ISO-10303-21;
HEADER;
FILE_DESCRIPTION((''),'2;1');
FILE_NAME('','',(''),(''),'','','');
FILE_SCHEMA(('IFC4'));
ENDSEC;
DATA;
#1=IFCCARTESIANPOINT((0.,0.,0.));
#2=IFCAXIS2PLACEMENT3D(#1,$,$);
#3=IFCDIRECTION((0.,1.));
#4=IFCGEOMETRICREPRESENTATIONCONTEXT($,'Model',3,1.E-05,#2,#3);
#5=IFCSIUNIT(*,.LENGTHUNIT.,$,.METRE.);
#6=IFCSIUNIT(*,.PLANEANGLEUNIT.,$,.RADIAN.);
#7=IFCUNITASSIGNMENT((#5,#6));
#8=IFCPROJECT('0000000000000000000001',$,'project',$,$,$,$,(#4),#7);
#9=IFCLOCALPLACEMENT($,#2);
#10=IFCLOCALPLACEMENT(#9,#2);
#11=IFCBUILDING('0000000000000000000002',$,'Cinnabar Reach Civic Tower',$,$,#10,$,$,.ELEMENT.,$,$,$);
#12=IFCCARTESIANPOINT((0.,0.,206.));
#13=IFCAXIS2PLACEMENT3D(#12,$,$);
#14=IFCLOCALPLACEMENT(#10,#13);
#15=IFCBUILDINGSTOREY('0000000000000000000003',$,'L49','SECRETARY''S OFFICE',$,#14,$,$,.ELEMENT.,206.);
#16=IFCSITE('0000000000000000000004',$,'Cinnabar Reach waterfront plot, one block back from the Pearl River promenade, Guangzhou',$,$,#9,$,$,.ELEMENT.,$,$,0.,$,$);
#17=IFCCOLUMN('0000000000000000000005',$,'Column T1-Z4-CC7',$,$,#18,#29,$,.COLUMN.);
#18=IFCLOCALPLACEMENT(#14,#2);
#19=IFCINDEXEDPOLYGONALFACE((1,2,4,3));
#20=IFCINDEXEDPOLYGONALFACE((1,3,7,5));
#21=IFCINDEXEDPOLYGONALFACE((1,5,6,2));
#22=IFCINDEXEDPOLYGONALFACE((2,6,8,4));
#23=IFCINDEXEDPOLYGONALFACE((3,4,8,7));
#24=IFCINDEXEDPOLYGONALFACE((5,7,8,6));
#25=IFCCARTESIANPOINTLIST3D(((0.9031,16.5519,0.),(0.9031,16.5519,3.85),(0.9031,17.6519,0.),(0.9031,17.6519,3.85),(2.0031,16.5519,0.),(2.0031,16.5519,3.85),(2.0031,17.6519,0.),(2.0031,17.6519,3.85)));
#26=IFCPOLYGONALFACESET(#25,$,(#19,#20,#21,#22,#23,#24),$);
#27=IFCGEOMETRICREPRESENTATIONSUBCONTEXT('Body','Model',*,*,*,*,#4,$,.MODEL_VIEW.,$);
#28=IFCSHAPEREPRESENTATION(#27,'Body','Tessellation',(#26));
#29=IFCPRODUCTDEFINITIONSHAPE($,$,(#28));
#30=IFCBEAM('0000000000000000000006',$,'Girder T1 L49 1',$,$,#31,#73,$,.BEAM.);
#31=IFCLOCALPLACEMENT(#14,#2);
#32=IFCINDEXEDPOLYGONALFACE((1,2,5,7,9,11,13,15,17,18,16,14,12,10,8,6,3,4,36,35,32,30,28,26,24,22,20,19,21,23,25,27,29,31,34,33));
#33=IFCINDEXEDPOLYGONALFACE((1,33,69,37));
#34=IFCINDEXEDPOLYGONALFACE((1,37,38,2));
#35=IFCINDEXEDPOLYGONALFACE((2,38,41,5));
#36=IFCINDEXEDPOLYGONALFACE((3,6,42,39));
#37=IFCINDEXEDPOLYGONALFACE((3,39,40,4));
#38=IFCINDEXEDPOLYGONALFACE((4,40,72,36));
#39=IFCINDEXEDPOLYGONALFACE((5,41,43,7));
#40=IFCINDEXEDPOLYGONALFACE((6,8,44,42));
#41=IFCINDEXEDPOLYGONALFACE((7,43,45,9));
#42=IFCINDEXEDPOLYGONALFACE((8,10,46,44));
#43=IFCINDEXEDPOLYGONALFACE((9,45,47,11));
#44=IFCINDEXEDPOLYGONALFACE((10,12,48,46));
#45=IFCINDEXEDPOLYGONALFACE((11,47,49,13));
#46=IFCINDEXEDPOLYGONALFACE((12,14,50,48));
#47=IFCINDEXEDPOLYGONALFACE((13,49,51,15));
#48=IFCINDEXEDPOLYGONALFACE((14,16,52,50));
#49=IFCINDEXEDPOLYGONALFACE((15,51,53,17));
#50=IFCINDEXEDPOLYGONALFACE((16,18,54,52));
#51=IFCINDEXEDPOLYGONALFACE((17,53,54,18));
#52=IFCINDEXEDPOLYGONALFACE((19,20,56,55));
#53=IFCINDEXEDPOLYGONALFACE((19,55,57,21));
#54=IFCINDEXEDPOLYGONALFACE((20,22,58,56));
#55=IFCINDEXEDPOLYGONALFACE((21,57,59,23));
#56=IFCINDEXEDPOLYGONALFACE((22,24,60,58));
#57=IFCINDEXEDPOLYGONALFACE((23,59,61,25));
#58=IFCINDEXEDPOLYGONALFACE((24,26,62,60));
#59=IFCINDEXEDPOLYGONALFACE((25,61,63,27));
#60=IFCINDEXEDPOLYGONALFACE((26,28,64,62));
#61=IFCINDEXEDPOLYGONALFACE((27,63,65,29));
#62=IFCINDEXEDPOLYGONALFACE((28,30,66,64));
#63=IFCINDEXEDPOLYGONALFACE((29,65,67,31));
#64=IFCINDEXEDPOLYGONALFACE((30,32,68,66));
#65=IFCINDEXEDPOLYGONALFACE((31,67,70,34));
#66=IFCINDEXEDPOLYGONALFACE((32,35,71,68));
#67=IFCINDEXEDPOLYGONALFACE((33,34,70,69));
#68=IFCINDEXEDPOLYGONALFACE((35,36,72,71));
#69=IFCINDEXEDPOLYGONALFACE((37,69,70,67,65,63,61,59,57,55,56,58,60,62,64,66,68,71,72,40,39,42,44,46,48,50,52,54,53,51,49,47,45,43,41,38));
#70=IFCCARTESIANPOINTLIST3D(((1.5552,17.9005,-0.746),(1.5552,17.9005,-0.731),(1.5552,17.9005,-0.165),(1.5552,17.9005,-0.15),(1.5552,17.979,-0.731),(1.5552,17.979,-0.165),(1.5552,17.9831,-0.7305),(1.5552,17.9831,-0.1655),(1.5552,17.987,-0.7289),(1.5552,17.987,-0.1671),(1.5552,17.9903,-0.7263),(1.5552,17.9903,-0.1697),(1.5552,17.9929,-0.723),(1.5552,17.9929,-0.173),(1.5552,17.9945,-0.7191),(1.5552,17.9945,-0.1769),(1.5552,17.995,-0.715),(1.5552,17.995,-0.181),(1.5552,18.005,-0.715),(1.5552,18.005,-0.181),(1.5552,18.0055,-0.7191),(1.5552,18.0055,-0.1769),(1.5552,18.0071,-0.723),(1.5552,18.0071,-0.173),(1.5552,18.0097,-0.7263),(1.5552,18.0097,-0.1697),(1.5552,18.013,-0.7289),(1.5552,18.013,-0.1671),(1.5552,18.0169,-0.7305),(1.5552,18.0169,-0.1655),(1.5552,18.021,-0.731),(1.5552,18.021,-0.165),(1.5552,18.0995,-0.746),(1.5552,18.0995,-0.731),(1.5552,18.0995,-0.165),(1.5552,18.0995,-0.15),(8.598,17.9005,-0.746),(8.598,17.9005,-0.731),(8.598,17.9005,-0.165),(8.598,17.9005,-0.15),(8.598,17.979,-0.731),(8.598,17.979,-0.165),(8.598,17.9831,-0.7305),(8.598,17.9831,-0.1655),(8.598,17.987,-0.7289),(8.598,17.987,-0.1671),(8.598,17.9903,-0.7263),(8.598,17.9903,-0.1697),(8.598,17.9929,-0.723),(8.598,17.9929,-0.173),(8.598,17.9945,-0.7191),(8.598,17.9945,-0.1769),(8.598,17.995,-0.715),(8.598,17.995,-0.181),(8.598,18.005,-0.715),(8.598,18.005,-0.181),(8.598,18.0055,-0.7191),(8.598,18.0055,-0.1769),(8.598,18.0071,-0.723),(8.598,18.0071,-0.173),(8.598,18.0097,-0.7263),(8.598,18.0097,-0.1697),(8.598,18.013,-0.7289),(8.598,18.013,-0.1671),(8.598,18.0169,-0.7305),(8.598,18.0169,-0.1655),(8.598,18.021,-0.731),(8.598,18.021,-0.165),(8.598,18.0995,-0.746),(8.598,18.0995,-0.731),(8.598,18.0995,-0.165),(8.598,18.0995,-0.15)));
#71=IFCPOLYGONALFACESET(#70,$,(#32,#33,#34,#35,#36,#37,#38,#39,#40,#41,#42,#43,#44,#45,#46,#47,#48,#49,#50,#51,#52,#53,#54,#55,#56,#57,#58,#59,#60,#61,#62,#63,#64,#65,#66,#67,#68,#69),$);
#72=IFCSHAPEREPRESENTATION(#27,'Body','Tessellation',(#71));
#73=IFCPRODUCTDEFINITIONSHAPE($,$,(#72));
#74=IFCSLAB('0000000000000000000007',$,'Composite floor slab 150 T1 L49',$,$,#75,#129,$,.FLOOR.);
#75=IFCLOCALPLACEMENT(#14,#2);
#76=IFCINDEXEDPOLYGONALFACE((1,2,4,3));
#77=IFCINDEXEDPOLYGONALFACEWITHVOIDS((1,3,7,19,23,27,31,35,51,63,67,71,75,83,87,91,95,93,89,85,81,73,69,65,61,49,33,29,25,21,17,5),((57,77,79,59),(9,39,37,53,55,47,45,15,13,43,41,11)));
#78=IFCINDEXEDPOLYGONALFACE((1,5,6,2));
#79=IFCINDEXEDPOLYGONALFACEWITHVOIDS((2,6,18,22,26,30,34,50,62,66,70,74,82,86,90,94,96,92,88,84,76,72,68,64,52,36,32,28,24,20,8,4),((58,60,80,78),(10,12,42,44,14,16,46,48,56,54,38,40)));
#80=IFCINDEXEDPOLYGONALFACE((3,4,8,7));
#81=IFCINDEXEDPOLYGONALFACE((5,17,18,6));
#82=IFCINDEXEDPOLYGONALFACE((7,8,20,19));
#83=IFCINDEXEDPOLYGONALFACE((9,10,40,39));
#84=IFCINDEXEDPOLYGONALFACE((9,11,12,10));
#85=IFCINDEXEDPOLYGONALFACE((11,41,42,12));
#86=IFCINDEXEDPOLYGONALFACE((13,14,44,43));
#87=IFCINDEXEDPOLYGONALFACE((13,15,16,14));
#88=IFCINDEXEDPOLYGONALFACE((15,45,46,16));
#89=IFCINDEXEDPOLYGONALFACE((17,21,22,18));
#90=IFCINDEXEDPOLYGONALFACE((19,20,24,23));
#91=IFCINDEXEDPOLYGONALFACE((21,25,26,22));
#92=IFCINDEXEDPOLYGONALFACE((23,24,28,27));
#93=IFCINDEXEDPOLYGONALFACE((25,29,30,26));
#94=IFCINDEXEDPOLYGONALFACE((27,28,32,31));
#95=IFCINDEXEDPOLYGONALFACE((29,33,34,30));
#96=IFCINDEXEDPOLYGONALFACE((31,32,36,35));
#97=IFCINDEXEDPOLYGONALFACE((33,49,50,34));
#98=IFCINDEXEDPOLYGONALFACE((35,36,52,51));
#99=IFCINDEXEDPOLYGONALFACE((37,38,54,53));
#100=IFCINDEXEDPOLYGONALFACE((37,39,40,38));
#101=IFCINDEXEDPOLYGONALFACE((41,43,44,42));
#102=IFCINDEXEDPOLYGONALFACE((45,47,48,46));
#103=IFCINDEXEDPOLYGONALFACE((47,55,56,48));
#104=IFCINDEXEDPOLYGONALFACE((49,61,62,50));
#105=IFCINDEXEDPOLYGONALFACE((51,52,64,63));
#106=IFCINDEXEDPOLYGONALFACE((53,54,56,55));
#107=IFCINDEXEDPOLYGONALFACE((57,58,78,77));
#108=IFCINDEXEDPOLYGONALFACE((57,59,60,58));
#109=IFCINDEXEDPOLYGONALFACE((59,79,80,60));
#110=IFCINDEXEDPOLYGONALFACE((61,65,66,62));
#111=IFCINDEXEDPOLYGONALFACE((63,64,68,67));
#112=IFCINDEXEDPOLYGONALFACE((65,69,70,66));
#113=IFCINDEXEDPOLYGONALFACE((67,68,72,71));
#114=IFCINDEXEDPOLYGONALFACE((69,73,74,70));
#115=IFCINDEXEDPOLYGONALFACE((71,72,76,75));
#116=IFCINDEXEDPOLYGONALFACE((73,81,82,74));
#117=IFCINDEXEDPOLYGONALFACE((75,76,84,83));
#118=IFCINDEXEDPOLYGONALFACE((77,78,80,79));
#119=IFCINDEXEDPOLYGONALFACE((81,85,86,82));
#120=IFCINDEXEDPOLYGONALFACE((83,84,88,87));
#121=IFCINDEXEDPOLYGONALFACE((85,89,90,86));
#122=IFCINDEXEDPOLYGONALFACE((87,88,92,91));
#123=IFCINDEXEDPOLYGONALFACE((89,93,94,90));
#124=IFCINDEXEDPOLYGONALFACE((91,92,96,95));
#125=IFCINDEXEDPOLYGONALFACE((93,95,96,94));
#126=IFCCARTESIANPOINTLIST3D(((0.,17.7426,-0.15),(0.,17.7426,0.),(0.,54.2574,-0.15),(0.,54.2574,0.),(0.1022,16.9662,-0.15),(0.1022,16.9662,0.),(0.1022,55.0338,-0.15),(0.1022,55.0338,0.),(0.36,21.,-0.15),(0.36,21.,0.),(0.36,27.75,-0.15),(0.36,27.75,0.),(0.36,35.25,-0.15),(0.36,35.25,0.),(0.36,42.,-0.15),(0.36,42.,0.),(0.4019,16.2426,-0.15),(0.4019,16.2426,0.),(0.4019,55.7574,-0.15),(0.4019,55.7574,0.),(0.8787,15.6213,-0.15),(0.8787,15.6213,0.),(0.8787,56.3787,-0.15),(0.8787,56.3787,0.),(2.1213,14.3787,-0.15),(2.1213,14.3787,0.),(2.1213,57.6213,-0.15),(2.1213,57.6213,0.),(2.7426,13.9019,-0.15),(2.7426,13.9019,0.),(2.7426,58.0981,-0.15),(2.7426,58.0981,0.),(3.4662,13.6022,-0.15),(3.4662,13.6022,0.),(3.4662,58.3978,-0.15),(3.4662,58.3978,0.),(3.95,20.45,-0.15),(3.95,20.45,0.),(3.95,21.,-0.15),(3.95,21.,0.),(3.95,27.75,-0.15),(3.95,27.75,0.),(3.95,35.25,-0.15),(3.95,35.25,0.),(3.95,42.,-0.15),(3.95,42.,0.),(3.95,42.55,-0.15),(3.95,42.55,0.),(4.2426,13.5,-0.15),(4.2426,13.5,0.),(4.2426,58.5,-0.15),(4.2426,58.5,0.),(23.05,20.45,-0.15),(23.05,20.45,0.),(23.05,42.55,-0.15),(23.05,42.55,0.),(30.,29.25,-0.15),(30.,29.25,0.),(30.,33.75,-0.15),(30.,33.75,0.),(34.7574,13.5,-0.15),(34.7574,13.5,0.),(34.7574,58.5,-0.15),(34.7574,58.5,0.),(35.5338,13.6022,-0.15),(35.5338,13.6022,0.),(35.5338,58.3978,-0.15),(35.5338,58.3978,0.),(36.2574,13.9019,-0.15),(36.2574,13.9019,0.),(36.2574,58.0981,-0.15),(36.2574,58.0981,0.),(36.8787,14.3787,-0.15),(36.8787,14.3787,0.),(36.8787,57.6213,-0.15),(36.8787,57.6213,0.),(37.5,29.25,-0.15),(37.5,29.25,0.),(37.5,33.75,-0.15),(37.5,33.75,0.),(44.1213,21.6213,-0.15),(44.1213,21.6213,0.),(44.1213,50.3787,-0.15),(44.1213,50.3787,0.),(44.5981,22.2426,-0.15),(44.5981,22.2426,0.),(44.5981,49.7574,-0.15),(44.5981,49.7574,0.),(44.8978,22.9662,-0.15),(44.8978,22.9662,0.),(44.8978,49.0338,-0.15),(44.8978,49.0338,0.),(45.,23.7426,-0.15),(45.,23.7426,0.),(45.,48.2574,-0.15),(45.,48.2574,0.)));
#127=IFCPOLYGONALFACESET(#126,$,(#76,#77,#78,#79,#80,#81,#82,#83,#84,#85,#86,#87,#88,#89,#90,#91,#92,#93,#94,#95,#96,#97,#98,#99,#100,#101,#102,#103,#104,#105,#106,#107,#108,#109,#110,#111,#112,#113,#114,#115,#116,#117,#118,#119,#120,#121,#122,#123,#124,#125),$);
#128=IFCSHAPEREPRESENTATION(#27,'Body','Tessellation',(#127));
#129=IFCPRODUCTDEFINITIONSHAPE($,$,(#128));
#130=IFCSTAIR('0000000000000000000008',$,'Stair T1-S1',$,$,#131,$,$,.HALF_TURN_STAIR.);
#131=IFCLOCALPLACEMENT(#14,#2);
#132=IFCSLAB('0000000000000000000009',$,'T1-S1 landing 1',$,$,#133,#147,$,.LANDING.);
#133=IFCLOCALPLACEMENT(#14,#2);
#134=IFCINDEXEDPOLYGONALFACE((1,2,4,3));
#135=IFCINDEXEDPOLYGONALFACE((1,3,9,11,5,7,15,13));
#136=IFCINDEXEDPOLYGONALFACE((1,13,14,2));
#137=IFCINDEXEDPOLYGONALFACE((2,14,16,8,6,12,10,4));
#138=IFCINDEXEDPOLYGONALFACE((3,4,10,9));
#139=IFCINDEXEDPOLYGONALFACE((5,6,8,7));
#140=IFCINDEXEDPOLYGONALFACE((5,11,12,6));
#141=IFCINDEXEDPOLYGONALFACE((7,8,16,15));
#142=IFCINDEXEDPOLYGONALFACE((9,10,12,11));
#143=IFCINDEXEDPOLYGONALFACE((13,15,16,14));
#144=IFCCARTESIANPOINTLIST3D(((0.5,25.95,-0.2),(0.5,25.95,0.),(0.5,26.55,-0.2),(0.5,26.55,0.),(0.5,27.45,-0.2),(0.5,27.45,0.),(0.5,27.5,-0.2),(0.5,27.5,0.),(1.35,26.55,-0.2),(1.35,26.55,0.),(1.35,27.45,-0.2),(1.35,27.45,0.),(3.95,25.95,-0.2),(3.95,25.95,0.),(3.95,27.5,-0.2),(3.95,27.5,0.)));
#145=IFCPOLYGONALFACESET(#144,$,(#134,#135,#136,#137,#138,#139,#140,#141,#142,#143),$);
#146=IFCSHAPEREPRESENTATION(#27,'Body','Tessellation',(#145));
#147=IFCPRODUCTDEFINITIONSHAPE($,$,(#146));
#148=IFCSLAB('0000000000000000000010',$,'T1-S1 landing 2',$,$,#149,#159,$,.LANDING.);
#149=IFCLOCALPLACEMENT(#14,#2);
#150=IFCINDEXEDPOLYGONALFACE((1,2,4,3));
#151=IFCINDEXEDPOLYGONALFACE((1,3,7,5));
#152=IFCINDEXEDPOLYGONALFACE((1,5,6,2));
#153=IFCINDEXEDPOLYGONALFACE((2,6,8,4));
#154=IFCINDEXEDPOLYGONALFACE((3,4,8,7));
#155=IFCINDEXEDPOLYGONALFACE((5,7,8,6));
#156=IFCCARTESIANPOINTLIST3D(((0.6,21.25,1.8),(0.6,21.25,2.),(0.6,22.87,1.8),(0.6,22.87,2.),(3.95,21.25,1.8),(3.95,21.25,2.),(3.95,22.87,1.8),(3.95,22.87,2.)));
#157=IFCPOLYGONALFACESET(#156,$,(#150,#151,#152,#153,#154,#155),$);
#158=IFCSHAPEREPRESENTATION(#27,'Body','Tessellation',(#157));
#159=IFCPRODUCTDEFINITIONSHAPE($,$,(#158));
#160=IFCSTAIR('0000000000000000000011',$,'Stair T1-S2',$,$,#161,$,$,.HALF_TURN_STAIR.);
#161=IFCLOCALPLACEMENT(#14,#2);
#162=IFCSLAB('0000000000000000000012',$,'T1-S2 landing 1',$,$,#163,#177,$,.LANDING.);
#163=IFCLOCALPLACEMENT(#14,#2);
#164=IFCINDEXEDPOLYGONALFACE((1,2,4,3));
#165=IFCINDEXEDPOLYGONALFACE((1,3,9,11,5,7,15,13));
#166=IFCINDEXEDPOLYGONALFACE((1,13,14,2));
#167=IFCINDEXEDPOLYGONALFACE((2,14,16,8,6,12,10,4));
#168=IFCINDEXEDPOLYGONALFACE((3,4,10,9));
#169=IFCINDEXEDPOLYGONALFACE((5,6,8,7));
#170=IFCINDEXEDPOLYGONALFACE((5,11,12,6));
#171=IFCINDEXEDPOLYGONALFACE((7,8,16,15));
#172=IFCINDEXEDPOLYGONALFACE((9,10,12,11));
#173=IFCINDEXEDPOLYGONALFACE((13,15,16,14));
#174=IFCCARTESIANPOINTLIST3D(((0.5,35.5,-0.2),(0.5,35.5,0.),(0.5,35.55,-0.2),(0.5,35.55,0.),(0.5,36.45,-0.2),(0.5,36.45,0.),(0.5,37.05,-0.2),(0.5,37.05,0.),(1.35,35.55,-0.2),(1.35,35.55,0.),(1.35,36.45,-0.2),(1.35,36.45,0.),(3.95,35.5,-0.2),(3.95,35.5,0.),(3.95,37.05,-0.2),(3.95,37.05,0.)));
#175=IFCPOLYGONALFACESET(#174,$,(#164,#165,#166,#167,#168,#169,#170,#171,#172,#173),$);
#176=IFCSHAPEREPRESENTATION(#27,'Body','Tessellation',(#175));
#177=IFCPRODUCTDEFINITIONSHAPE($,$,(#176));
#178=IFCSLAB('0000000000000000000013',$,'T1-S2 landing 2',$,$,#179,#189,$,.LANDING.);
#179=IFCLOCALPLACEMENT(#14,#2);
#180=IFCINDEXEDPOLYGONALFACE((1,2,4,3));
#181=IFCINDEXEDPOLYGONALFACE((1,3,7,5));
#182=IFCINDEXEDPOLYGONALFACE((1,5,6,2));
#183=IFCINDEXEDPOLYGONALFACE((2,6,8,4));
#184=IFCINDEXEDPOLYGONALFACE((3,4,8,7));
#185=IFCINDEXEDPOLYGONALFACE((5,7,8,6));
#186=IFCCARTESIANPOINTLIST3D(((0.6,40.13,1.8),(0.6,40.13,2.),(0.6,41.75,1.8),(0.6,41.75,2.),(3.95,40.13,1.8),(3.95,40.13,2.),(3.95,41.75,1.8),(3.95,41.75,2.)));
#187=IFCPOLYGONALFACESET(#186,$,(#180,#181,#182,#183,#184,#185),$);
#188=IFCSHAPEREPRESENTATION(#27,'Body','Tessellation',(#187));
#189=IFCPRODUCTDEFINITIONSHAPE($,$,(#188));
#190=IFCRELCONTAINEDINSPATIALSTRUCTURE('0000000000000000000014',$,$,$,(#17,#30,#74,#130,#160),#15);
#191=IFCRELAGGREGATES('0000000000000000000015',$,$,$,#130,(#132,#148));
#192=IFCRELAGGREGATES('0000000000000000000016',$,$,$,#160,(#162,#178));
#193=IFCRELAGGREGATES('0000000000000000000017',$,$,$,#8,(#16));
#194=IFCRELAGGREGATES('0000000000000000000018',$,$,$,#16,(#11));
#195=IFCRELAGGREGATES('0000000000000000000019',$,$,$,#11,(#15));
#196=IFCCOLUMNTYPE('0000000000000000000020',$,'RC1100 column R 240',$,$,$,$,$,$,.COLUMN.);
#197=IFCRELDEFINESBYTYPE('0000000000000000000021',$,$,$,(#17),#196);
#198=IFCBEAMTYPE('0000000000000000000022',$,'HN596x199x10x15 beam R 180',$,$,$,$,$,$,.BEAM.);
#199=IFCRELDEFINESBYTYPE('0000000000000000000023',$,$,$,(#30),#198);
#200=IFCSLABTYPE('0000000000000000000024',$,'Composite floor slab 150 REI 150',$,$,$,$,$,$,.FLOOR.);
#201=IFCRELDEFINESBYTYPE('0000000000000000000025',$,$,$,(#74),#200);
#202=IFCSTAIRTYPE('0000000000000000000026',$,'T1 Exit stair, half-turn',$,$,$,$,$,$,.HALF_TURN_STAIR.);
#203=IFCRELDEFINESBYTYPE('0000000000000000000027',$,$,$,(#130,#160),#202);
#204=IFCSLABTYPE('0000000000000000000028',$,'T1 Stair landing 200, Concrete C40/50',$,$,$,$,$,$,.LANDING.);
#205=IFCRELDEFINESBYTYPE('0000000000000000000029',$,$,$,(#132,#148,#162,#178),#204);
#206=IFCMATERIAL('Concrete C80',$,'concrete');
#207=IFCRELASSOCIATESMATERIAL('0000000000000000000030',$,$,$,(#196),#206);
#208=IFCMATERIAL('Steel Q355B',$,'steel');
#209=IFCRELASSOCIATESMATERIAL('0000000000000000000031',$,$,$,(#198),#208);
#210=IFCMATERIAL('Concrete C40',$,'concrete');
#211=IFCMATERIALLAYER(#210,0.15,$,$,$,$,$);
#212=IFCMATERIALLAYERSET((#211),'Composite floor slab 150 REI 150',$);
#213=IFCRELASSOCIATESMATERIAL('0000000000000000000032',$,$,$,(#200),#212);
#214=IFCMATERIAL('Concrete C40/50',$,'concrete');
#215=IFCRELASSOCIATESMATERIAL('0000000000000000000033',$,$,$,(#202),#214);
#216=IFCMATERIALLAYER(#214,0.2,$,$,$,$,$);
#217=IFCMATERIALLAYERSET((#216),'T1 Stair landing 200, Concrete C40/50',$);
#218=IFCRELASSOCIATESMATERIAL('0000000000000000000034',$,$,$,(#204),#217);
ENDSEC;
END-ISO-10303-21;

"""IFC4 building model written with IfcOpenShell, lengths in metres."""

from ifc_helpers import new_model, si_unit, direction, frame, origin, origin_2d, place, context, subcontext, project, spatial, polyline, rectangle, i_section, outline, extrude, material, layer, layer_set, material_profile, profile_set, type_object, element, aggregate, save


model = new_model("IFC4")

# Units and contexts
model_context = context("Model", 3, precision=1e-05, world=origin(), true_north=direction((0.0, 1.0)))
body_context = subcontext(model_context, "Body", "Model", "MODEL_VIEW")
ifc_project = project(units=[si_unit("LENGTHUNIT", "METRE"), si_unit("PLANEANGLEUNIT", "RADIAN")], contexts=[model_context])

# Site, building, storey
site_placement = place(None, origin())
site = spatial("IfcSite", under=ifc_project, at=site_placement, Name="Cinnabar Reach waterfront plot, one block back from the Pearl River promenade, Guangzhou", CompositionType="ELEMENT", RefElevation=0.0)
building_placement = place(site_placement, origin())
building = spatial("IfcBuilding", under=site, at=building_placement, Name="Cinnabar Reach Civic Tower", CompositionType="ELEMENT")
storey_placement = place(building_placement, frame((0.0, 0.0, 206.0)))
storey = spatial("IfcBuildingStorey", under=building, at=storey_placement, Name="L49", Description="SECRETARY'S OFFICE", CompositionType="ELEMENT", Elevation=206.0)

# Column
ifc_material_1 = material(Name="Concrete C80", Category="concrete")
ifc_material_profile_1 = material_profile(ifc_material_1, rectangle(XDim=1.1, YDim=1.1, at=origin_2d()), Name="RC1100")
ifc_profile_set_1 = profile_set([ifc_material_profile_1], Name="Concrete C80")
column_type = type_object("IfcColumnType", Name="RC1100 column R 240", PredefinedType="COLUMN", material=ifc_profile_set_1)
column_placement = place(storey_placement, frame((1.4531, 17.1019, 0.0), z_axis=(0.0, 0.0, 1.0), x_axis=(1.0, 0.0, 0.0)))
element("IfcColumn", 1, at=column_placement, inside=storey, type_object=column_type, Name="Column T1-Z4-CC7", PredefinedType="COLUMN", context=body_context, shape_type="SweptSolid", body=[
    extrude(rectangle(XDim=1.1, YDim=1.1, at=origin_2d()), origin(), (0.0, 0.0, 1.0), 3.85),
])

# Beam
ifc_material_2 = material(Name="Steel Q355B", Category="steel")
ifc_material_profile_2 = material_profile(ifc_material_2, i_section(OverallWidth=0.199, OverallDepth=0.596, WebThickness=0.01, FlangeThickness=0.015, FilletRadius=0.016, at=origin_2d()), Name="HN596x199x10x15")
ifc_profile_set_2 = profile_set([ifc_material_profile_2], Name="Steel Q355B")
beam_type = type_object("IfcBeamType", Name="HN596x199x10x15 beam R 180", PredefinedType="BEAM", material=ifc_profile_set_2)
beam_placement = place(storey_placement, frame((1.5552, 18.0, -0.448), z_axis=(1.0, 0.0, 0.0), x_axis=(0.0, 1.0, 0.0)))
element("IfcBeam", 2, at=beam_placement, inside=storey, type_object=beam_type, Name="Girder T1 L49 1", PredefinedType="BEAM", context=body_context, shape_type="SweptSolid", body=[
    extrude(i_section(OverallWidth=0.199, OverallDepth=0.596, WebThickness=0.01, FlangeThickness=0.015, FilletRadius=0.016, at=origin_2d()), origin(), (0.0, 0.0, 1.0), 7.0428),
])

# Slab
ifc_material_3 = material(Name="Concrete C40", Category="concrete")
ifc_layer_1 = layer(ifc_material_3, 0.15)
ifc_layer_set_1 = layer_set([ifc_layer_1], Name="Composite floor slab 150 REI 150")
slab_type_1 = type_object("IfcSlabType", Name="Composite floor slab 150 REI 150", PredefinedType="FLOOR", material=ifc_layer_set_1)
slab_1_placement = place(storey_placement, frame((0.0, 0.0, -0.15)))
element("IfcSlab", 3, at=slab_1_placement, inside=storey, type_object=slab_type_1, Name="Composite floor slab 150 T1 L49", PredefinedType="FLOOR", context=body_context, shape_type="SweptSolid", body=[
    extrude(outline(polyline([(0.8787, 15.6213), (0.4019, 16.2426), (0.1022, 16.9662), (0.0, 17.7426), (0.0, 54.2574), (0.1022, 55.0338), (0.4019, 55.7574), (0.8787, 56.3787), (2.1213, 57.6213), (2.7426, 58.0981), (3.4662, 58.3978), (4.2426, 58.5), (34.7574, 58.5), (35.5338, 58.3978), (36.2574, 58.0981), (36.8787, 57.6213), (44.1213, 50.3787), (44.5981, 49.7574), (44.8978, 49.0338), (45.0, 48.2574), (45.0, 23.7426), (44.8978, 22.9662), (44.5981, 22.2426), (44.1213, 21.6213), (36.8787, 14.3787), (36.2574, 13.9019), (35.5338, 13.6022), (34.7574, 13.5), (4.2426, 13.5), (3.4662, 13.6022), (2.7426, 13.9019), (2.1213, 14.3787), (0.8787, 15.6213)]), holes=[polyline([(0.36, 21.0), (3.95, 21.0), (3.95, 20.45), (23.05, 20.45), (23.05, 42.55), (3.95, 42.55), (3.95, 42.0), (0.36, 42.0), (0.36, 35.25), (3.95, 35.25), (3.95, 27.75), (0.36, 27.75), (0.36, 21.0)]), polyline([(30.0, 33.75), (30.0, 29.25), (37.5, 29.25), (37.5, 33.75), (30.0, 33.75)])]), origin(), (0.0, 0.0, 1.0), 0.15),
])

# Stairs, slabs
ifc_material_4 = material(Name="Concrete C40/50", Category="concrete")
stair_type = type_object("IfcStairType", Name="T1 Exit stair, half-turn", PredefinedType="HALF_TURN_STAIR", material=ifc_material_4)
stair_1_placement = place(storey_placement, origin())
stair_1 = element("IfcStair", 4, at=stair_1_placement, inside=storey, type_object=stair_type, Name="Stair T1-S1", PredefinedType="HALF_TURN_STAIR")
ifc_layer_2 = layer(ifc_material_4, 0.2)
ifc_layer_set_2 = layer_set([ifc_layer_2], Name="T1 Stair landing 200, Concrete C40/50")
slab_type_2 = type_object("IfcSlabType", Name="T1 Stair landing 200, Concrete C40/50", PredefinedType="LANDING", material=ifc_layer_set_2)
slab_2_placement = place(storey_placement, frame((0.0, 0.0, -0.2)))
slab_2 = element("IfcSlab", 5, at=slab_2_placement, type_object=slab_type_2, Name="T1-S1 landing 1", PredefinedType="LANDING", context=body_context, shape_type="SweptSolid", body=[
    extrude(outline(polyline([(0.5, 27.5), (3.95, 27.5), (3.95, 25.95), (0.5, 25.95), (0.5, 26.55), (1.35, 26.55), (1.35, 27.45), (0.5, 27.45), (0.5, 27.5)])), origin(), (0.0, 0.0, 1.0), 0.2),
])
slab_3_placement = place(storey_placement, frame((0.0, 0.0, 1.8)))
slab_3 = element("IfcSlab", 6, at=slab_3_placement, type_object=slab_type_2, Name="T1-S1 landing 2", PredefinedType="LANDING", context=body_context, shape_type="SweptSolid", body=[
    extrude(outline(polyline([(0.6, 21.25), (0.6, 22.87), (3.95, 22.87), (3.95, 21.25), (0.6, 21.25)])), origin(), (0.0, 0.0, 1.0), 0.2),
])
aggregate(stair_1, [slab_2, slab_3])
stair_2_placement = place(storey_placement, origin())
stair_2 = element("IfcStair", 7, at=stair_2_placement, inside=storey, type_object=stair_type, Name="Stair T1-S2", PredefinedType="HALF_TURN_STAIR")
slab_4_placement = place(storey_placement, frame((0.0, 0.0, -0.2)))
slab_4 = element("IfcSlab", 8, at=slab_4_placement, type_object=slab_type_2, Name="T1-S2 landing 1", PredefinedType="LANDING", context=body_context, shape_type="SweptSolid", body=[
    extrude(outline(polyline([(0.5, 37.05), (3.95, 37.05), (3.95, 35.5), (0.5, 35.5), (0.5, 35.55), (1.35, 35.55), (1.35, 36.45), (0.5, 36.45), (0.5, 37.05)])), origin(), (0.0, 0.0, 1.0), 0.2),
])
slab_5_placement = place(storey_placement, frame((0.0, 0.0, 1.8)))
slab_5 = element("IfcSlab", 9, at=slab_5_placement, type_object=slab_type_2, Name="T1-S2 landing 2", PredefinedType="LANDING", context=body_context, shape_type="SweptSolid", body=[
    extrude(outline(polyline([(0.6, 40.13), (0.6, 41.75), (3.95, 41.75), (3.95, 40.13), (0.6, 40.13)])), origin(), (0.0, 0.0, 1.0), 0.2),
])
aggregate(stair_2, [slab_4, slab_5])

save(model, "model.ifc")
